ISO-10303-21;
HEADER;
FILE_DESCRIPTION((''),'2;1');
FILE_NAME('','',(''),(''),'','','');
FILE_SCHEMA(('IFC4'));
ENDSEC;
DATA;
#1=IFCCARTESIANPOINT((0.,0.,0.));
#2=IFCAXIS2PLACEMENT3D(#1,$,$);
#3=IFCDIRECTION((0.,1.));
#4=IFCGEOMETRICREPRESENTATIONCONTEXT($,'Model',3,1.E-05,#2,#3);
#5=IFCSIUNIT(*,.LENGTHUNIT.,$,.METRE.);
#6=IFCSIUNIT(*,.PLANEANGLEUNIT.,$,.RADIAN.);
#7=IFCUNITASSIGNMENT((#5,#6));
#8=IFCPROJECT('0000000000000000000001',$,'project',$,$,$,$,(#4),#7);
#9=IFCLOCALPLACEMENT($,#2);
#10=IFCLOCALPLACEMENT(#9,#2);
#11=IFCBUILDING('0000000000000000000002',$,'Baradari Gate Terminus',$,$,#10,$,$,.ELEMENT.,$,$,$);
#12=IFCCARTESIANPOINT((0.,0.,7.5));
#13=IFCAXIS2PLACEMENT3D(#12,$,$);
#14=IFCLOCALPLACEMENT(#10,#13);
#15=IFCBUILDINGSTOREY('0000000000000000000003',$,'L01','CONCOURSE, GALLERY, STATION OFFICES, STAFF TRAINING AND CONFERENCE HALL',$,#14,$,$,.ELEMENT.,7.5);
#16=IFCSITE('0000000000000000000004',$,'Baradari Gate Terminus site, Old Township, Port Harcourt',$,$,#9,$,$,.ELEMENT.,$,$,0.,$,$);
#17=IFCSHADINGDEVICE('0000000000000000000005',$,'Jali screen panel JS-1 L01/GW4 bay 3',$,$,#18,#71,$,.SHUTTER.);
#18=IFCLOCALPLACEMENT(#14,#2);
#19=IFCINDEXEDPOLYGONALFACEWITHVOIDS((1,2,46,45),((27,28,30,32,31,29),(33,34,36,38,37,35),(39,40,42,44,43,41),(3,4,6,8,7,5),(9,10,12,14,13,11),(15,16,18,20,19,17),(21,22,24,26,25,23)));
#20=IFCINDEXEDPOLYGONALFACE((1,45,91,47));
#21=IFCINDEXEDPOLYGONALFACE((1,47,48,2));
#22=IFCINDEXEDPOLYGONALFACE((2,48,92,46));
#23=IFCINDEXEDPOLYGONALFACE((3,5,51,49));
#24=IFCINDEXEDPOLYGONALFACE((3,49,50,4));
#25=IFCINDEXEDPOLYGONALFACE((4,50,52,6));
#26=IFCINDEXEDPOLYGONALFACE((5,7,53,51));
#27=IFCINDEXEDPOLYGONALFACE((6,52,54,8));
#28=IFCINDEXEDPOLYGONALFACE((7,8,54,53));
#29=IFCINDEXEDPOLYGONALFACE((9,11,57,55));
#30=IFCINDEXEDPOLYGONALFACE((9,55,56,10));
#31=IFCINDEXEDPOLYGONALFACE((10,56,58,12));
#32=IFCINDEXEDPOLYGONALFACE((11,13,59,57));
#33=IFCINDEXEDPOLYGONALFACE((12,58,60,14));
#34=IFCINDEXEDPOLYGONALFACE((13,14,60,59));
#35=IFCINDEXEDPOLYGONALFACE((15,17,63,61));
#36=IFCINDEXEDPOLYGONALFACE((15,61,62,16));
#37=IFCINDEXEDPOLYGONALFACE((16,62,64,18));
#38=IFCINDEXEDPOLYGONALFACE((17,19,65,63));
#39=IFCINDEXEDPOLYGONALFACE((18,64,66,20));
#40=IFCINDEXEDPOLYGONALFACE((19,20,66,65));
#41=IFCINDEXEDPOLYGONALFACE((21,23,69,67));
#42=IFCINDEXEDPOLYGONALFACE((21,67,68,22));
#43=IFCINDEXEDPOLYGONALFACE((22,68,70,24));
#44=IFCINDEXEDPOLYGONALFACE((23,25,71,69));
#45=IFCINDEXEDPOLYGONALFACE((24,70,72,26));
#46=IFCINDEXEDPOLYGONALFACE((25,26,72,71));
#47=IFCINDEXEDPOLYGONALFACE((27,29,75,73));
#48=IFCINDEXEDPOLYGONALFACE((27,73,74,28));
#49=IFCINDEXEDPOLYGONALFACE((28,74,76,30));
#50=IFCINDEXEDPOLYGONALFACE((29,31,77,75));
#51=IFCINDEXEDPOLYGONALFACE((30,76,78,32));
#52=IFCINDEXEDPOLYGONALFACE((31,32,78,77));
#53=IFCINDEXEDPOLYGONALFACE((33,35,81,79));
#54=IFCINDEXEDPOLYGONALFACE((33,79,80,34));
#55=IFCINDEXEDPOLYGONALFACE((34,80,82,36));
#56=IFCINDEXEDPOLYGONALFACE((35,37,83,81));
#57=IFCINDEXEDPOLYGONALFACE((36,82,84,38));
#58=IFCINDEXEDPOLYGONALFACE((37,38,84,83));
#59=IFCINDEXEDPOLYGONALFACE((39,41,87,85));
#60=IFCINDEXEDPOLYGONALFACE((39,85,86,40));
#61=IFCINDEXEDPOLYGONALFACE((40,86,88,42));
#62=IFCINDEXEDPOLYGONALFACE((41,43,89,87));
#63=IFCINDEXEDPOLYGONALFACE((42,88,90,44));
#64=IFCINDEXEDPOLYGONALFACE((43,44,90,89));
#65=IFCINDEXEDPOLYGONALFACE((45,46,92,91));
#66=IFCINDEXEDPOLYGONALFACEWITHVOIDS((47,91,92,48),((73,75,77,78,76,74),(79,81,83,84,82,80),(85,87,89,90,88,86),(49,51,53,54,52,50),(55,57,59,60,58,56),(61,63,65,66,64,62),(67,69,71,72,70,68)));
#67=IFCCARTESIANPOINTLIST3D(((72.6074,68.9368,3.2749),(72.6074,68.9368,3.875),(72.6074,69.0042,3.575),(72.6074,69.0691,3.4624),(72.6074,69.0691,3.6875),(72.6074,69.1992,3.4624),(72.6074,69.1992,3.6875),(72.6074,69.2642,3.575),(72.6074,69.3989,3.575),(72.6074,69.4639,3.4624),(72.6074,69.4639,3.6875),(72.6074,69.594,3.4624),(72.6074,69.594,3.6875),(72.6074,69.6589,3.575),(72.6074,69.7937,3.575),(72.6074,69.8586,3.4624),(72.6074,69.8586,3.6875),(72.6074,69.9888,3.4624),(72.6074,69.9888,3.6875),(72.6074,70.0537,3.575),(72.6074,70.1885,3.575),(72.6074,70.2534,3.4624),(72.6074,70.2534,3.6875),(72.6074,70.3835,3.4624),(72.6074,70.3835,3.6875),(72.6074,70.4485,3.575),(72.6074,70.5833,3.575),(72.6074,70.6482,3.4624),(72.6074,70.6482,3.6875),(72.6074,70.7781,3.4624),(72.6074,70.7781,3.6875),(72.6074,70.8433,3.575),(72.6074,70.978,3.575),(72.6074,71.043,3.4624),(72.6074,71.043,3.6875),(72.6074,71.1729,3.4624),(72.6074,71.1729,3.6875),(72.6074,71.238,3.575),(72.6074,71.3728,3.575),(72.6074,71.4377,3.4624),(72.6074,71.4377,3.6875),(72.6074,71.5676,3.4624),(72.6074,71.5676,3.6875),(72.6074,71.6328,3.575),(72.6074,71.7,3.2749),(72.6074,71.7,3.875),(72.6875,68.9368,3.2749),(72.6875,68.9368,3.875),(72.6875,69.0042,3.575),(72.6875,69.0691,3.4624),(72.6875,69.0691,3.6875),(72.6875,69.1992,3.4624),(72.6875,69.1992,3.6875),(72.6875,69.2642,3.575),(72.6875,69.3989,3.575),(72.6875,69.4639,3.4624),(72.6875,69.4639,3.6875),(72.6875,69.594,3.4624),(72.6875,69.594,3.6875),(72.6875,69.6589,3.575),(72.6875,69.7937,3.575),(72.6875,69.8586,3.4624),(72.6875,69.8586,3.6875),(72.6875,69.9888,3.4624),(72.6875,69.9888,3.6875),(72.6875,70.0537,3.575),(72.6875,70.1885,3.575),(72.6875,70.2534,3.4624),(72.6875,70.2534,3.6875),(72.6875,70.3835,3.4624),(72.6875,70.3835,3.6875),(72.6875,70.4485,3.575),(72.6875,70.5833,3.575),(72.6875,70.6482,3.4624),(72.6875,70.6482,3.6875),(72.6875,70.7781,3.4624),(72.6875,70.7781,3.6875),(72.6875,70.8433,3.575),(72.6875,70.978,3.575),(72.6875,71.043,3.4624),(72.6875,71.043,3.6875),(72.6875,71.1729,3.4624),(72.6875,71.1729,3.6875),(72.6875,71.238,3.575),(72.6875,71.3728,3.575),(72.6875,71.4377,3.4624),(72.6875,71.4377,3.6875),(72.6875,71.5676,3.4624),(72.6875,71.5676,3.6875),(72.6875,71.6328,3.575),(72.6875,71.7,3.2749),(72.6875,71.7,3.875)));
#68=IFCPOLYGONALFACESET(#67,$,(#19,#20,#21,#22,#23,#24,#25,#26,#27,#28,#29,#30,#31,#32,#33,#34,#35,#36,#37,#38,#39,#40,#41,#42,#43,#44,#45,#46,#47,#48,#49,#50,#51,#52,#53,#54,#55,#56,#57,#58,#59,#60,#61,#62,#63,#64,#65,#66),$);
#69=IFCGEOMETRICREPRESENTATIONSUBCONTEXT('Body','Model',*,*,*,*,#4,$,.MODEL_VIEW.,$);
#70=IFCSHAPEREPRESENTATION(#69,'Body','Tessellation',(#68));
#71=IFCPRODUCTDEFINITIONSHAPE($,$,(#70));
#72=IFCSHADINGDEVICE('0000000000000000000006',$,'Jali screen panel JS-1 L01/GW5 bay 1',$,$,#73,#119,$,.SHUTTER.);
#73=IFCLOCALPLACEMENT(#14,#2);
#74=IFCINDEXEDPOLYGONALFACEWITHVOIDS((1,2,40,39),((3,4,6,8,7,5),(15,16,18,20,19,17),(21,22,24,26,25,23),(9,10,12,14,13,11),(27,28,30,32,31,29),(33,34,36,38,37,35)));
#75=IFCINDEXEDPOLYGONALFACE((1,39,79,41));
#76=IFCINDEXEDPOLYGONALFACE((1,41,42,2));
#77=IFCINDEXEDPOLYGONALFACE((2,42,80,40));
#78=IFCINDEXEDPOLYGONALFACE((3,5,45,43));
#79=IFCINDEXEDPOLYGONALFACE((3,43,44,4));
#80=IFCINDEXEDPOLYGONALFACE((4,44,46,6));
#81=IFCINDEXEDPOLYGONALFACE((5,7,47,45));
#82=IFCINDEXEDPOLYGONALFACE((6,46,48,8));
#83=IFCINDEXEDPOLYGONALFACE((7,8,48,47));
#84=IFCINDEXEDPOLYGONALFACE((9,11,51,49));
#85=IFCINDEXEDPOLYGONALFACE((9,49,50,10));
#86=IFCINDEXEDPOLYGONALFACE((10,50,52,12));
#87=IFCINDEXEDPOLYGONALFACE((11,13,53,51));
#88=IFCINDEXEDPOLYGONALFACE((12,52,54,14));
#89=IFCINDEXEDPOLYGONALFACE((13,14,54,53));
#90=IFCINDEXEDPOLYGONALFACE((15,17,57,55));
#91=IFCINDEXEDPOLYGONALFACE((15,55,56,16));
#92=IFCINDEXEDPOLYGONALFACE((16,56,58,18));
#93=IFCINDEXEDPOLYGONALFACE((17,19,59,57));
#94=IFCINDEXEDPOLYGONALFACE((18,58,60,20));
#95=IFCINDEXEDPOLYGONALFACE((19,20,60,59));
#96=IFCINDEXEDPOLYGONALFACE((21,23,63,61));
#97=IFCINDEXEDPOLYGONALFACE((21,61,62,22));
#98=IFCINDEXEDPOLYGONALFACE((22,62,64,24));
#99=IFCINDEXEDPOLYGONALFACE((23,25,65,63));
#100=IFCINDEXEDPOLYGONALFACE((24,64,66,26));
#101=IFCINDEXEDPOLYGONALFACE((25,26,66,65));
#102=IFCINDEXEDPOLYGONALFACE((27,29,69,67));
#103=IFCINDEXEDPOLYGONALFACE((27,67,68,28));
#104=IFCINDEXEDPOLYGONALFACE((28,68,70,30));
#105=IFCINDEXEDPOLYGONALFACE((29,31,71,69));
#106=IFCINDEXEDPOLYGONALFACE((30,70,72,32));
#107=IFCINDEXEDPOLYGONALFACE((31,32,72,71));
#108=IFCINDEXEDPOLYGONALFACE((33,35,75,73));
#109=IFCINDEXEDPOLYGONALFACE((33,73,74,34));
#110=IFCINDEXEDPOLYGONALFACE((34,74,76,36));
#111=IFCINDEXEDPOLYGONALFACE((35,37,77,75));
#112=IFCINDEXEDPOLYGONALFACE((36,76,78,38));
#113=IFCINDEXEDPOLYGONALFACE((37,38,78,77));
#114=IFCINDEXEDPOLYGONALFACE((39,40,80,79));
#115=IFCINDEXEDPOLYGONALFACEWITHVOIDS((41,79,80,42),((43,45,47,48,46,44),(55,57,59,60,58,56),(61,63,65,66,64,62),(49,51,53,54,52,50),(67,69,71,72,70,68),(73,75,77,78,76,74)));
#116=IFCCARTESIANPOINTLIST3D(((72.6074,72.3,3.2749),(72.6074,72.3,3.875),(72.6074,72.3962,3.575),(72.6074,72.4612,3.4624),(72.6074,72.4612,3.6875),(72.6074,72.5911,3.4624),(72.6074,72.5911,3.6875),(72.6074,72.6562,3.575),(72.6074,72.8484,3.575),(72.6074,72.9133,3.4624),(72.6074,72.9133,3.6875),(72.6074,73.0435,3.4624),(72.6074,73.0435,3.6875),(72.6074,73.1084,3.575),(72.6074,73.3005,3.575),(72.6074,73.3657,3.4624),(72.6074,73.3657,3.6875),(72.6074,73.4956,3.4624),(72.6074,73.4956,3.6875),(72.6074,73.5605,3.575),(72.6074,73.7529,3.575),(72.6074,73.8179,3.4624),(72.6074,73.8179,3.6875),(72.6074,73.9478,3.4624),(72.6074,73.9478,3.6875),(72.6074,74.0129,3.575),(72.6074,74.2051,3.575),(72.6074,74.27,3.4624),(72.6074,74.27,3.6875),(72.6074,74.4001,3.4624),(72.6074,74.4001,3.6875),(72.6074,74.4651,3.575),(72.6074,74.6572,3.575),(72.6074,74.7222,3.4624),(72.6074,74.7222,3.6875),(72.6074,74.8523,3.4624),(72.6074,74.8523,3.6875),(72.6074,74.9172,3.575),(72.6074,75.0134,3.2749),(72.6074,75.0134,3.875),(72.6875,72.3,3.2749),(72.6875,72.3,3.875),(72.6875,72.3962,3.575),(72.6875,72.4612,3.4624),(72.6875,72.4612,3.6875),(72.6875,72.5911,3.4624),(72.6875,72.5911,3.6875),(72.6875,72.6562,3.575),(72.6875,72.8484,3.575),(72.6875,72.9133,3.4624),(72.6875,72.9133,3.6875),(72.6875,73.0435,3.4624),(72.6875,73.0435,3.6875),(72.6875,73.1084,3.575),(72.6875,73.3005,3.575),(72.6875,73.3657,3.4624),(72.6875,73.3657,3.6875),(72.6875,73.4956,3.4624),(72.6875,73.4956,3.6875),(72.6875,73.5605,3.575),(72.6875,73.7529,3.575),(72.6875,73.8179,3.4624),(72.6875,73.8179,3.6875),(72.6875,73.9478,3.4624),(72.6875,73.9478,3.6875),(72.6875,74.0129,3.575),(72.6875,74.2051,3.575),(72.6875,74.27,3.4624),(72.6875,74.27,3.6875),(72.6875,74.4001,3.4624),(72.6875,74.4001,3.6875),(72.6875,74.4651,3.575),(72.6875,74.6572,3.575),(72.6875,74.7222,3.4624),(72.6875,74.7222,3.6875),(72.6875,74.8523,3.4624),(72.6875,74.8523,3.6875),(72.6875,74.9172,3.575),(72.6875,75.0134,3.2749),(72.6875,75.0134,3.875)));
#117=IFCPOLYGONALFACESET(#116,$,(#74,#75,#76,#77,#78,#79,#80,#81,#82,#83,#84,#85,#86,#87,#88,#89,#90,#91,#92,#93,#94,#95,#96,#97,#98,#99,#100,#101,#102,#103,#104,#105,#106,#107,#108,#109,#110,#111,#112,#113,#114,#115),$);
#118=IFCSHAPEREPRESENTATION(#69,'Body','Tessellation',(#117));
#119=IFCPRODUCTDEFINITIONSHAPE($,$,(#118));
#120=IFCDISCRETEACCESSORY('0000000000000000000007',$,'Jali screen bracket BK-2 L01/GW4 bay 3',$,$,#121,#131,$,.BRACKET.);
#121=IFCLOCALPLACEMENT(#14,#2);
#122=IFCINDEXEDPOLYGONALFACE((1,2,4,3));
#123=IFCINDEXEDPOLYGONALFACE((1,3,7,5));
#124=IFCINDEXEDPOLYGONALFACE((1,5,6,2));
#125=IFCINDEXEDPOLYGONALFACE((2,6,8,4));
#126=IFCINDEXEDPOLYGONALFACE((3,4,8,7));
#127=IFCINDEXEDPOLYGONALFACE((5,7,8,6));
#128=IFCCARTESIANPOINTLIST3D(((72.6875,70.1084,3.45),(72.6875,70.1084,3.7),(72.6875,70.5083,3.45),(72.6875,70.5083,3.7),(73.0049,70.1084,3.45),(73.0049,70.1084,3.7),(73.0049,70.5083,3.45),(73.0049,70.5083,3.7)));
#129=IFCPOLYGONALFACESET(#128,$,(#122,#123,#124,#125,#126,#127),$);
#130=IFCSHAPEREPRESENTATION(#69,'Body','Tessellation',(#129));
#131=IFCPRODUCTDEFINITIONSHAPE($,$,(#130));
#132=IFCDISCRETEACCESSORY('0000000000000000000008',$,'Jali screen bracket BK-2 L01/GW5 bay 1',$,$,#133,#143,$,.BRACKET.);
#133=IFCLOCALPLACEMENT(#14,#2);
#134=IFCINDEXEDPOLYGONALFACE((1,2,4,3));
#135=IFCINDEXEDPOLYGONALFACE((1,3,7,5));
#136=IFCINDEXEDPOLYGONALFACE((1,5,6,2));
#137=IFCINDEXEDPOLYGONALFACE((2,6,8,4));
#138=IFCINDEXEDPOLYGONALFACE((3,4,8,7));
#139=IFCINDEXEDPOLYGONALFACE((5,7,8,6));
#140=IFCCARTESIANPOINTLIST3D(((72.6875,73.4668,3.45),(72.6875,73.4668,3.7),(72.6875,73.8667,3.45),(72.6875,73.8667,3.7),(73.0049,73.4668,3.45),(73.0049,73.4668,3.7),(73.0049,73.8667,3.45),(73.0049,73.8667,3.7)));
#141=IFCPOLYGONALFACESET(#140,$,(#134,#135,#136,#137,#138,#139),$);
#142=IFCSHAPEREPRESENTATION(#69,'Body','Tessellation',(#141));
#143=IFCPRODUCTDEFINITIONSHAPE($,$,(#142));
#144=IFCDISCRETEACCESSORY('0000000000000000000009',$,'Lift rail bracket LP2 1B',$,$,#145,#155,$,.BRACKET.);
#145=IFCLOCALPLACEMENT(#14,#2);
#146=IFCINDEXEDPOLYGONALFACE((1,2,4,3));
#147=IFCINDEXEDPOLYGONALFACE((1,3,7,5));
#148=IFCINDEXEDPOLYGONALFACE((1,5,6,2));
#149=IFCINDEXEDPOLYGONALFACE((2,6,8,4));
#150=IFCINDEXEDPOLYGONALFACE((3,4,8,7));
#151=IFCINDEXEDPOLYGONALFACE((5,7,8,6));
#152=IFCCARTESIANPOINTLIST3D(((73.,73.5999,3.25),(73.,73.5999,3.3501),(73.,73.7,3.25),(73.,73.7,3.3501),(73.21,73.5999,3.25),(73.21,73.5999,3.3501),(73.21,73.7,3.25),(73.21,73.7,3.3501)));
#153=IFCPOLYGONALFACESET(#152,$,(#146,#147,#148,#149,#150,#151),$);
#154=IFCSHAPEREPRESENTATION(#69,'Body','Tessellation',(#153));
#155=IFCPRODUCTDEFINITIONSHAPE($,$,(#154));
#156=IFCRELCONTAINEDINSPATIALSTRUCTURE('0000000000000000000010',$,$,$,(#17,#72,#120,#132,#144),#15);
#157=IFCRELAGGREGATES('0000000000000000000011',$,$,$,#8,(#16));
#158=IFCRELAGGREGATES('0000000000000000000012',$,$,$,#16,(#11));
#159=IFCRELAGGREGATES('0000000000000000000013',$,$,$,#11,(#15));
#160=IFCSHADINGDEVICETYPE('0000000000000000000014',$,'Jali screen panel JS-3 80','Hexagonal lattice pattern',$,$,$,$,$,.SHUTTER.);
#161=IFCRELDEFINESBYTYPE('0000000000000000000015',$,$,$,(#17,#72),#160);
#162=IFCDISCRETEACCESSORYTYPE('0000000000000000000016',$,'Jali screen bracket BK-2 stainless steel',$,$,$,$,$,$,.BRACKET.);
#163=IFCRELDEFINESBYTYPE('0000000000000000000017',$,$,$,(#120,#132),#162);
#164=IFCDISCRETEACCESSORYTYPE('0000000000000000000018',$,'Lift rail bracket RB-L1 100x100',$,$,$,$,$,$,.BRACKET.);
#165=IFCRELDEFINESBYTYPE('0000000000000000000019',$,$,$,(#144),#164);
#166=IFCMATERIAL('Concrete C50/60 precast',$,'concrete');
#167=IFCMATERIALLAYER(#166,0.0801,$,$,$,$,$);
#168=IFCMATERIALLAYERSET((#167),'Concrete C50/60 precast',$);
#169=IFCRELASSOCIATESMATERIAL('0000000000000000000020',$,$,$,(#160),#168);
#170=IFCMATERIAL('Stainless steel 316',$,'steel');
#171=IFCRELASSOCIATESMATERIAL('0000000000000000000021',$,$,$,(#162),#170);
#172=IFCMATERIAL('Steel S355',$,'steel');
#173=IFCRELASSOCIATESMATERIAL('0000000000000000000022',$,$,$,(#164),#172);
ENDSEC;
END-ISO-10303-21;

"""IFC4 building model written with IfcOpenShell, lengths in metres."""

from ifc_helpers import new_model, si_unit, direction, frame, origin, origin_2d, place, context, subcontext, project, spatial, polyline, rectangle, outline, extrude, material, layer, layer_set, type_object, element, save


model = new_model("IFC4")

# Units and contexts
model_context = context("Model", 3, precision=1e-05, world=origin(), true_north=direction((0.0, 1.0)))
body_context = subcontext(model_context, "Body", "Model", "MODEL_VIEW")
ifc_project = project(units=[si_unit("LENGTHUNIT", "METRE"), si_unit("PLANEANGLEUNIT", "RADIAN")], contexts=[model_context])

# Site, building, storey
site_placement = place(None, origin())
site = spatial("IfcSite", under=ifc_project, at=site_placement, Name="Baradari Gate Terminus site, Old Township, Port Harcourt", CompositionType="ELEMENT", RefElevation=0.0)
building_placement = place(site_placement, origin())
building = spatial("IfcBuilding", under=site, at=building_placement, Name="Baradari Gate Terminus", CompositionType="ELEMENT")
storey_placement = place(building_placement, frame((0.0, 0.0, 7.5)))
storey = spatial("IfcBuildingStorey", under=building, at=storey_placement, Name="L01", Description="CONCOURSE, GALLERY, STATION OFFICES, STAFF TRAINING AND CONFERENCE HALL", CompositionType="ELEMENT", Elevation=7.5)

# Shading devices
ifc_material_1 = material(Name="Concrete C50/60 precast", Category="concrete")
ifc_layer_1 = layer(ifc_material_1, 0.0801)
ifc_layer_set_1 = layer_set([ifc_layer_1], Name="Concrete C50/60 precast")
shading_device_type = type_object("IfcShadingDeviceType", Name="Jali screen panel JS-3 80", Description="Hexagonal lattice pattern", PredefinedType="SHUTTER", material=ifc_layer_set_1)
shading_device_1_placement = place(storey_placement, frame((72.6475, 68.9368, 3.2749), z_axis=(0.0, 0.0, 1.0), x_axis=(0.0, 1.0, 0.0)))
element("IfcShadingDevice", 1, at=shading_device_1_placement, inside=storey, type_object=shading_device_type, Name="Jali screen panel JS-1 L01/GW4 bay 3", PredefinedType="SHUTTER", context=body_context, shape_type="SweptSolid", body=[
    extrude(outline(polyline([(0.0, 0.0), (2.7632, 0.0), (2.7632, 0.6001), (0.0, 0.6001), (0.0, 0.0)]), holes=[polyline([(0.3274, 0.3), (0.2625, 0.1875), (0.1323, 0.1875), (0.0674, 0.3), (0.1323, 0.4126), (0.2625, 0.4126), (0.3274, 0.3)]), polyline([(0.7222, 0.3), (0.6572, 0.1875), (0.5271, 0.1875), (0.4622, 0.3), (0.5271, 0.4126), (0.6572, 0.4126), (0.7222, 0.3)]), polyline([(1.1169, 0.3), (1.052, 0.1875), (0.9219, 0.1875), (0.8569, 0.3), (0.9219, 0.4126), (1.052, 0.4126), (1.1169, 0.3)]), polyline([(1.5117, 0.3), (1.4468, 0.1875), (1.3167, 0.1875), (1.2517, 0.3), (1.3167, 0.4126), (1.4468, 0.4126), (1.5117, 0.3)]), polyline([(1.9065, 0.3), (1.8413, 0.1875), (1.7114, 0.1875), (1.6465, 0.3), (1.7114, 0.4126), (1.8413, 0.4126), (1.9065, 0.3)]), polyline([(2.3013, 0.3), (2.2361, 0.1875), (2.1062, 0.1875), (2.0413, 0.3), (2.1062, 0.4126), (2.2361, 0.4126), (2.3013, 0.3)]), polyline([(2.696, 0.3), (2.6309, 0.1875), (2.501, 0.1875), (2.436, 0.3), (2.501, 0.4126), (2.6309, 0.4126), (2.696, 0.3)])]), frame((0.0, 0.04, 0.0), z_axis=(0.0, -1.0, 0.0), x_axis=(1.0, 0.0, 0.0)), (0.0, 0.0, 1.0), 0.0801),
])
shading_device_2_placement = place(storey_placement, frame((72.6475, 72.3, 3.2749), z_axis=(0.0, 0.0, 1.0), x_axis=(0.0, 1.0, 0.0)))
element("IfcShadingDevice", 2, at=shading_device_2_placement, inside=storey, type_object=shading_device_type, Name="Jali screen panel JS-1 L01/GW5 bay 1", PredefinedType="SHUTTER", context=body_context, shape_type="SweptSolid", body=[
    extrude(outline(polyline([(0.0, 0.0), (2.7134, 0.0), (2.7134, 0.6001), (0.0, 0.6001), (0.0, 0.0)]), holes=[polyline([(0.3562, 0.3), (0.291, 0.1875), (0.1611, 0.1875), (0.0962, 0.3), (0.1611, 0.4126), (0.291, 0.4126), (0.3562, 0.3)]), polyline([(0.8083, 0.3), (0.7434, 0.1875), (0.6133, 0.1875), (0.5483, 0.3), (0.6133, 0.4126), (0.7434, 0.4126), (0.8083, 0.3)]), polyline([(1.2605, 0.3), (1.1956, 0.1875), (1.0657, 0.1875), (1.0005, 0.3), (1.0657, 0.4126), (1.1956, 0.4126), (1.2605, 0.3)]), polyline([(1.7129, 0.3), (1.6477, 0.1875), (1.5178, 0.1875), (1.4529, 0.3), (1.5178, 0.4126), (1.6477, 0.4126), (1.7129, 0.3)]), polyline([(2.165, 0.3), (2.1001, 0.1875), (1.97, 0.1875), (1.905, 0.3), (1.97, 0.4126), (2.1001, 0.4126), (2.165, 0.3)]), polyline([(2.6172, 0.3), (2.5522, 0.1875), (2.4221, 0.1875), (2.3572, 0.3), (2.4221, 0.4126), (2.5522, 0.4126), (2.6172, 0.3)])]), frame((0.0, 0.04, 0.0), z_axis=(0.0, -1.0, 0.0), x_axis=(1.0, 0.0, 0.0)), (0.0, 0.0, 1.0), 0.0801),
])

# Discrete accessories
ifc_material_2 = material(Name="Stainless steel 316", Category="steel")
discrete_accessory_type_1 = type_object("IfcDiscreteAccessoryType", Name="Jali screen bracket BK-2 stainless steel", PredefinedType="BRACKET", material=ifc_material_2)
for number, where, z_axis, x_axis, name in (
    (3, (72.8462, 70.3083, 3.45), (0.0, 0.0, 1.0), (-1.0, 0.0, 0.0), "Jali screen bracket BK-2 L01/GW4 bay 3"),
    (4, (72.8462, 73.6667, 3.45), (0.0, 0.0, 1.0), (-1.0, 0.0, 0.0), "Jali screen bracket BK-2 L01/GW5 bay 1"),
):
    element("IfcDiscreteAccessory", number, at=place(storey_placement, frame(where, z_axis=z_axis, x_axis=x_axis)), inside=storey, type_object=discrete_accessory_type_1, Name=name, PredefinedType="BRACKET", context=body_context, shape_type="SweptSolid", body=[
        extrude(rectangle(XDim=0.3174, YDim=0.3999, at=origin_2d()), origin(), (0.0, 0.0, 1.0), 0.25),
    ])
ifc_material_3 = material(Name="Steel S355", Category="steel")
discrete_accessory_type_2 = type_object("IfcDiscreteAccessoryType", Name="Lift rail bracket RB-L1 100x100", PredefinedType="BRACKET", material=ifc_material_3)
discrete_accessory_placement = place(storey_placement, frame((73.105, 73.6499, 3.25), z_axis=(0.0, 0.0, 1.0), x_axis=(1.0, 0.0, 0.0)))
element("IfcDiscreteAccessory", 5, at=discrete_accessory_placement, inside=storey, type_object=discrete_accessory_type_2, Name="Lift rail bracket LP2 1B", PredefinedType="BRACKET", context=body_context, shape_type="SweptSolid", body=[
    extrude(rectangle(XDim=0.21, YDim=0.1001, at=origin_2d()), origin(), (0.0, 0.0, 1.0), 0.1001),
])

save(model, "model.ifc")
